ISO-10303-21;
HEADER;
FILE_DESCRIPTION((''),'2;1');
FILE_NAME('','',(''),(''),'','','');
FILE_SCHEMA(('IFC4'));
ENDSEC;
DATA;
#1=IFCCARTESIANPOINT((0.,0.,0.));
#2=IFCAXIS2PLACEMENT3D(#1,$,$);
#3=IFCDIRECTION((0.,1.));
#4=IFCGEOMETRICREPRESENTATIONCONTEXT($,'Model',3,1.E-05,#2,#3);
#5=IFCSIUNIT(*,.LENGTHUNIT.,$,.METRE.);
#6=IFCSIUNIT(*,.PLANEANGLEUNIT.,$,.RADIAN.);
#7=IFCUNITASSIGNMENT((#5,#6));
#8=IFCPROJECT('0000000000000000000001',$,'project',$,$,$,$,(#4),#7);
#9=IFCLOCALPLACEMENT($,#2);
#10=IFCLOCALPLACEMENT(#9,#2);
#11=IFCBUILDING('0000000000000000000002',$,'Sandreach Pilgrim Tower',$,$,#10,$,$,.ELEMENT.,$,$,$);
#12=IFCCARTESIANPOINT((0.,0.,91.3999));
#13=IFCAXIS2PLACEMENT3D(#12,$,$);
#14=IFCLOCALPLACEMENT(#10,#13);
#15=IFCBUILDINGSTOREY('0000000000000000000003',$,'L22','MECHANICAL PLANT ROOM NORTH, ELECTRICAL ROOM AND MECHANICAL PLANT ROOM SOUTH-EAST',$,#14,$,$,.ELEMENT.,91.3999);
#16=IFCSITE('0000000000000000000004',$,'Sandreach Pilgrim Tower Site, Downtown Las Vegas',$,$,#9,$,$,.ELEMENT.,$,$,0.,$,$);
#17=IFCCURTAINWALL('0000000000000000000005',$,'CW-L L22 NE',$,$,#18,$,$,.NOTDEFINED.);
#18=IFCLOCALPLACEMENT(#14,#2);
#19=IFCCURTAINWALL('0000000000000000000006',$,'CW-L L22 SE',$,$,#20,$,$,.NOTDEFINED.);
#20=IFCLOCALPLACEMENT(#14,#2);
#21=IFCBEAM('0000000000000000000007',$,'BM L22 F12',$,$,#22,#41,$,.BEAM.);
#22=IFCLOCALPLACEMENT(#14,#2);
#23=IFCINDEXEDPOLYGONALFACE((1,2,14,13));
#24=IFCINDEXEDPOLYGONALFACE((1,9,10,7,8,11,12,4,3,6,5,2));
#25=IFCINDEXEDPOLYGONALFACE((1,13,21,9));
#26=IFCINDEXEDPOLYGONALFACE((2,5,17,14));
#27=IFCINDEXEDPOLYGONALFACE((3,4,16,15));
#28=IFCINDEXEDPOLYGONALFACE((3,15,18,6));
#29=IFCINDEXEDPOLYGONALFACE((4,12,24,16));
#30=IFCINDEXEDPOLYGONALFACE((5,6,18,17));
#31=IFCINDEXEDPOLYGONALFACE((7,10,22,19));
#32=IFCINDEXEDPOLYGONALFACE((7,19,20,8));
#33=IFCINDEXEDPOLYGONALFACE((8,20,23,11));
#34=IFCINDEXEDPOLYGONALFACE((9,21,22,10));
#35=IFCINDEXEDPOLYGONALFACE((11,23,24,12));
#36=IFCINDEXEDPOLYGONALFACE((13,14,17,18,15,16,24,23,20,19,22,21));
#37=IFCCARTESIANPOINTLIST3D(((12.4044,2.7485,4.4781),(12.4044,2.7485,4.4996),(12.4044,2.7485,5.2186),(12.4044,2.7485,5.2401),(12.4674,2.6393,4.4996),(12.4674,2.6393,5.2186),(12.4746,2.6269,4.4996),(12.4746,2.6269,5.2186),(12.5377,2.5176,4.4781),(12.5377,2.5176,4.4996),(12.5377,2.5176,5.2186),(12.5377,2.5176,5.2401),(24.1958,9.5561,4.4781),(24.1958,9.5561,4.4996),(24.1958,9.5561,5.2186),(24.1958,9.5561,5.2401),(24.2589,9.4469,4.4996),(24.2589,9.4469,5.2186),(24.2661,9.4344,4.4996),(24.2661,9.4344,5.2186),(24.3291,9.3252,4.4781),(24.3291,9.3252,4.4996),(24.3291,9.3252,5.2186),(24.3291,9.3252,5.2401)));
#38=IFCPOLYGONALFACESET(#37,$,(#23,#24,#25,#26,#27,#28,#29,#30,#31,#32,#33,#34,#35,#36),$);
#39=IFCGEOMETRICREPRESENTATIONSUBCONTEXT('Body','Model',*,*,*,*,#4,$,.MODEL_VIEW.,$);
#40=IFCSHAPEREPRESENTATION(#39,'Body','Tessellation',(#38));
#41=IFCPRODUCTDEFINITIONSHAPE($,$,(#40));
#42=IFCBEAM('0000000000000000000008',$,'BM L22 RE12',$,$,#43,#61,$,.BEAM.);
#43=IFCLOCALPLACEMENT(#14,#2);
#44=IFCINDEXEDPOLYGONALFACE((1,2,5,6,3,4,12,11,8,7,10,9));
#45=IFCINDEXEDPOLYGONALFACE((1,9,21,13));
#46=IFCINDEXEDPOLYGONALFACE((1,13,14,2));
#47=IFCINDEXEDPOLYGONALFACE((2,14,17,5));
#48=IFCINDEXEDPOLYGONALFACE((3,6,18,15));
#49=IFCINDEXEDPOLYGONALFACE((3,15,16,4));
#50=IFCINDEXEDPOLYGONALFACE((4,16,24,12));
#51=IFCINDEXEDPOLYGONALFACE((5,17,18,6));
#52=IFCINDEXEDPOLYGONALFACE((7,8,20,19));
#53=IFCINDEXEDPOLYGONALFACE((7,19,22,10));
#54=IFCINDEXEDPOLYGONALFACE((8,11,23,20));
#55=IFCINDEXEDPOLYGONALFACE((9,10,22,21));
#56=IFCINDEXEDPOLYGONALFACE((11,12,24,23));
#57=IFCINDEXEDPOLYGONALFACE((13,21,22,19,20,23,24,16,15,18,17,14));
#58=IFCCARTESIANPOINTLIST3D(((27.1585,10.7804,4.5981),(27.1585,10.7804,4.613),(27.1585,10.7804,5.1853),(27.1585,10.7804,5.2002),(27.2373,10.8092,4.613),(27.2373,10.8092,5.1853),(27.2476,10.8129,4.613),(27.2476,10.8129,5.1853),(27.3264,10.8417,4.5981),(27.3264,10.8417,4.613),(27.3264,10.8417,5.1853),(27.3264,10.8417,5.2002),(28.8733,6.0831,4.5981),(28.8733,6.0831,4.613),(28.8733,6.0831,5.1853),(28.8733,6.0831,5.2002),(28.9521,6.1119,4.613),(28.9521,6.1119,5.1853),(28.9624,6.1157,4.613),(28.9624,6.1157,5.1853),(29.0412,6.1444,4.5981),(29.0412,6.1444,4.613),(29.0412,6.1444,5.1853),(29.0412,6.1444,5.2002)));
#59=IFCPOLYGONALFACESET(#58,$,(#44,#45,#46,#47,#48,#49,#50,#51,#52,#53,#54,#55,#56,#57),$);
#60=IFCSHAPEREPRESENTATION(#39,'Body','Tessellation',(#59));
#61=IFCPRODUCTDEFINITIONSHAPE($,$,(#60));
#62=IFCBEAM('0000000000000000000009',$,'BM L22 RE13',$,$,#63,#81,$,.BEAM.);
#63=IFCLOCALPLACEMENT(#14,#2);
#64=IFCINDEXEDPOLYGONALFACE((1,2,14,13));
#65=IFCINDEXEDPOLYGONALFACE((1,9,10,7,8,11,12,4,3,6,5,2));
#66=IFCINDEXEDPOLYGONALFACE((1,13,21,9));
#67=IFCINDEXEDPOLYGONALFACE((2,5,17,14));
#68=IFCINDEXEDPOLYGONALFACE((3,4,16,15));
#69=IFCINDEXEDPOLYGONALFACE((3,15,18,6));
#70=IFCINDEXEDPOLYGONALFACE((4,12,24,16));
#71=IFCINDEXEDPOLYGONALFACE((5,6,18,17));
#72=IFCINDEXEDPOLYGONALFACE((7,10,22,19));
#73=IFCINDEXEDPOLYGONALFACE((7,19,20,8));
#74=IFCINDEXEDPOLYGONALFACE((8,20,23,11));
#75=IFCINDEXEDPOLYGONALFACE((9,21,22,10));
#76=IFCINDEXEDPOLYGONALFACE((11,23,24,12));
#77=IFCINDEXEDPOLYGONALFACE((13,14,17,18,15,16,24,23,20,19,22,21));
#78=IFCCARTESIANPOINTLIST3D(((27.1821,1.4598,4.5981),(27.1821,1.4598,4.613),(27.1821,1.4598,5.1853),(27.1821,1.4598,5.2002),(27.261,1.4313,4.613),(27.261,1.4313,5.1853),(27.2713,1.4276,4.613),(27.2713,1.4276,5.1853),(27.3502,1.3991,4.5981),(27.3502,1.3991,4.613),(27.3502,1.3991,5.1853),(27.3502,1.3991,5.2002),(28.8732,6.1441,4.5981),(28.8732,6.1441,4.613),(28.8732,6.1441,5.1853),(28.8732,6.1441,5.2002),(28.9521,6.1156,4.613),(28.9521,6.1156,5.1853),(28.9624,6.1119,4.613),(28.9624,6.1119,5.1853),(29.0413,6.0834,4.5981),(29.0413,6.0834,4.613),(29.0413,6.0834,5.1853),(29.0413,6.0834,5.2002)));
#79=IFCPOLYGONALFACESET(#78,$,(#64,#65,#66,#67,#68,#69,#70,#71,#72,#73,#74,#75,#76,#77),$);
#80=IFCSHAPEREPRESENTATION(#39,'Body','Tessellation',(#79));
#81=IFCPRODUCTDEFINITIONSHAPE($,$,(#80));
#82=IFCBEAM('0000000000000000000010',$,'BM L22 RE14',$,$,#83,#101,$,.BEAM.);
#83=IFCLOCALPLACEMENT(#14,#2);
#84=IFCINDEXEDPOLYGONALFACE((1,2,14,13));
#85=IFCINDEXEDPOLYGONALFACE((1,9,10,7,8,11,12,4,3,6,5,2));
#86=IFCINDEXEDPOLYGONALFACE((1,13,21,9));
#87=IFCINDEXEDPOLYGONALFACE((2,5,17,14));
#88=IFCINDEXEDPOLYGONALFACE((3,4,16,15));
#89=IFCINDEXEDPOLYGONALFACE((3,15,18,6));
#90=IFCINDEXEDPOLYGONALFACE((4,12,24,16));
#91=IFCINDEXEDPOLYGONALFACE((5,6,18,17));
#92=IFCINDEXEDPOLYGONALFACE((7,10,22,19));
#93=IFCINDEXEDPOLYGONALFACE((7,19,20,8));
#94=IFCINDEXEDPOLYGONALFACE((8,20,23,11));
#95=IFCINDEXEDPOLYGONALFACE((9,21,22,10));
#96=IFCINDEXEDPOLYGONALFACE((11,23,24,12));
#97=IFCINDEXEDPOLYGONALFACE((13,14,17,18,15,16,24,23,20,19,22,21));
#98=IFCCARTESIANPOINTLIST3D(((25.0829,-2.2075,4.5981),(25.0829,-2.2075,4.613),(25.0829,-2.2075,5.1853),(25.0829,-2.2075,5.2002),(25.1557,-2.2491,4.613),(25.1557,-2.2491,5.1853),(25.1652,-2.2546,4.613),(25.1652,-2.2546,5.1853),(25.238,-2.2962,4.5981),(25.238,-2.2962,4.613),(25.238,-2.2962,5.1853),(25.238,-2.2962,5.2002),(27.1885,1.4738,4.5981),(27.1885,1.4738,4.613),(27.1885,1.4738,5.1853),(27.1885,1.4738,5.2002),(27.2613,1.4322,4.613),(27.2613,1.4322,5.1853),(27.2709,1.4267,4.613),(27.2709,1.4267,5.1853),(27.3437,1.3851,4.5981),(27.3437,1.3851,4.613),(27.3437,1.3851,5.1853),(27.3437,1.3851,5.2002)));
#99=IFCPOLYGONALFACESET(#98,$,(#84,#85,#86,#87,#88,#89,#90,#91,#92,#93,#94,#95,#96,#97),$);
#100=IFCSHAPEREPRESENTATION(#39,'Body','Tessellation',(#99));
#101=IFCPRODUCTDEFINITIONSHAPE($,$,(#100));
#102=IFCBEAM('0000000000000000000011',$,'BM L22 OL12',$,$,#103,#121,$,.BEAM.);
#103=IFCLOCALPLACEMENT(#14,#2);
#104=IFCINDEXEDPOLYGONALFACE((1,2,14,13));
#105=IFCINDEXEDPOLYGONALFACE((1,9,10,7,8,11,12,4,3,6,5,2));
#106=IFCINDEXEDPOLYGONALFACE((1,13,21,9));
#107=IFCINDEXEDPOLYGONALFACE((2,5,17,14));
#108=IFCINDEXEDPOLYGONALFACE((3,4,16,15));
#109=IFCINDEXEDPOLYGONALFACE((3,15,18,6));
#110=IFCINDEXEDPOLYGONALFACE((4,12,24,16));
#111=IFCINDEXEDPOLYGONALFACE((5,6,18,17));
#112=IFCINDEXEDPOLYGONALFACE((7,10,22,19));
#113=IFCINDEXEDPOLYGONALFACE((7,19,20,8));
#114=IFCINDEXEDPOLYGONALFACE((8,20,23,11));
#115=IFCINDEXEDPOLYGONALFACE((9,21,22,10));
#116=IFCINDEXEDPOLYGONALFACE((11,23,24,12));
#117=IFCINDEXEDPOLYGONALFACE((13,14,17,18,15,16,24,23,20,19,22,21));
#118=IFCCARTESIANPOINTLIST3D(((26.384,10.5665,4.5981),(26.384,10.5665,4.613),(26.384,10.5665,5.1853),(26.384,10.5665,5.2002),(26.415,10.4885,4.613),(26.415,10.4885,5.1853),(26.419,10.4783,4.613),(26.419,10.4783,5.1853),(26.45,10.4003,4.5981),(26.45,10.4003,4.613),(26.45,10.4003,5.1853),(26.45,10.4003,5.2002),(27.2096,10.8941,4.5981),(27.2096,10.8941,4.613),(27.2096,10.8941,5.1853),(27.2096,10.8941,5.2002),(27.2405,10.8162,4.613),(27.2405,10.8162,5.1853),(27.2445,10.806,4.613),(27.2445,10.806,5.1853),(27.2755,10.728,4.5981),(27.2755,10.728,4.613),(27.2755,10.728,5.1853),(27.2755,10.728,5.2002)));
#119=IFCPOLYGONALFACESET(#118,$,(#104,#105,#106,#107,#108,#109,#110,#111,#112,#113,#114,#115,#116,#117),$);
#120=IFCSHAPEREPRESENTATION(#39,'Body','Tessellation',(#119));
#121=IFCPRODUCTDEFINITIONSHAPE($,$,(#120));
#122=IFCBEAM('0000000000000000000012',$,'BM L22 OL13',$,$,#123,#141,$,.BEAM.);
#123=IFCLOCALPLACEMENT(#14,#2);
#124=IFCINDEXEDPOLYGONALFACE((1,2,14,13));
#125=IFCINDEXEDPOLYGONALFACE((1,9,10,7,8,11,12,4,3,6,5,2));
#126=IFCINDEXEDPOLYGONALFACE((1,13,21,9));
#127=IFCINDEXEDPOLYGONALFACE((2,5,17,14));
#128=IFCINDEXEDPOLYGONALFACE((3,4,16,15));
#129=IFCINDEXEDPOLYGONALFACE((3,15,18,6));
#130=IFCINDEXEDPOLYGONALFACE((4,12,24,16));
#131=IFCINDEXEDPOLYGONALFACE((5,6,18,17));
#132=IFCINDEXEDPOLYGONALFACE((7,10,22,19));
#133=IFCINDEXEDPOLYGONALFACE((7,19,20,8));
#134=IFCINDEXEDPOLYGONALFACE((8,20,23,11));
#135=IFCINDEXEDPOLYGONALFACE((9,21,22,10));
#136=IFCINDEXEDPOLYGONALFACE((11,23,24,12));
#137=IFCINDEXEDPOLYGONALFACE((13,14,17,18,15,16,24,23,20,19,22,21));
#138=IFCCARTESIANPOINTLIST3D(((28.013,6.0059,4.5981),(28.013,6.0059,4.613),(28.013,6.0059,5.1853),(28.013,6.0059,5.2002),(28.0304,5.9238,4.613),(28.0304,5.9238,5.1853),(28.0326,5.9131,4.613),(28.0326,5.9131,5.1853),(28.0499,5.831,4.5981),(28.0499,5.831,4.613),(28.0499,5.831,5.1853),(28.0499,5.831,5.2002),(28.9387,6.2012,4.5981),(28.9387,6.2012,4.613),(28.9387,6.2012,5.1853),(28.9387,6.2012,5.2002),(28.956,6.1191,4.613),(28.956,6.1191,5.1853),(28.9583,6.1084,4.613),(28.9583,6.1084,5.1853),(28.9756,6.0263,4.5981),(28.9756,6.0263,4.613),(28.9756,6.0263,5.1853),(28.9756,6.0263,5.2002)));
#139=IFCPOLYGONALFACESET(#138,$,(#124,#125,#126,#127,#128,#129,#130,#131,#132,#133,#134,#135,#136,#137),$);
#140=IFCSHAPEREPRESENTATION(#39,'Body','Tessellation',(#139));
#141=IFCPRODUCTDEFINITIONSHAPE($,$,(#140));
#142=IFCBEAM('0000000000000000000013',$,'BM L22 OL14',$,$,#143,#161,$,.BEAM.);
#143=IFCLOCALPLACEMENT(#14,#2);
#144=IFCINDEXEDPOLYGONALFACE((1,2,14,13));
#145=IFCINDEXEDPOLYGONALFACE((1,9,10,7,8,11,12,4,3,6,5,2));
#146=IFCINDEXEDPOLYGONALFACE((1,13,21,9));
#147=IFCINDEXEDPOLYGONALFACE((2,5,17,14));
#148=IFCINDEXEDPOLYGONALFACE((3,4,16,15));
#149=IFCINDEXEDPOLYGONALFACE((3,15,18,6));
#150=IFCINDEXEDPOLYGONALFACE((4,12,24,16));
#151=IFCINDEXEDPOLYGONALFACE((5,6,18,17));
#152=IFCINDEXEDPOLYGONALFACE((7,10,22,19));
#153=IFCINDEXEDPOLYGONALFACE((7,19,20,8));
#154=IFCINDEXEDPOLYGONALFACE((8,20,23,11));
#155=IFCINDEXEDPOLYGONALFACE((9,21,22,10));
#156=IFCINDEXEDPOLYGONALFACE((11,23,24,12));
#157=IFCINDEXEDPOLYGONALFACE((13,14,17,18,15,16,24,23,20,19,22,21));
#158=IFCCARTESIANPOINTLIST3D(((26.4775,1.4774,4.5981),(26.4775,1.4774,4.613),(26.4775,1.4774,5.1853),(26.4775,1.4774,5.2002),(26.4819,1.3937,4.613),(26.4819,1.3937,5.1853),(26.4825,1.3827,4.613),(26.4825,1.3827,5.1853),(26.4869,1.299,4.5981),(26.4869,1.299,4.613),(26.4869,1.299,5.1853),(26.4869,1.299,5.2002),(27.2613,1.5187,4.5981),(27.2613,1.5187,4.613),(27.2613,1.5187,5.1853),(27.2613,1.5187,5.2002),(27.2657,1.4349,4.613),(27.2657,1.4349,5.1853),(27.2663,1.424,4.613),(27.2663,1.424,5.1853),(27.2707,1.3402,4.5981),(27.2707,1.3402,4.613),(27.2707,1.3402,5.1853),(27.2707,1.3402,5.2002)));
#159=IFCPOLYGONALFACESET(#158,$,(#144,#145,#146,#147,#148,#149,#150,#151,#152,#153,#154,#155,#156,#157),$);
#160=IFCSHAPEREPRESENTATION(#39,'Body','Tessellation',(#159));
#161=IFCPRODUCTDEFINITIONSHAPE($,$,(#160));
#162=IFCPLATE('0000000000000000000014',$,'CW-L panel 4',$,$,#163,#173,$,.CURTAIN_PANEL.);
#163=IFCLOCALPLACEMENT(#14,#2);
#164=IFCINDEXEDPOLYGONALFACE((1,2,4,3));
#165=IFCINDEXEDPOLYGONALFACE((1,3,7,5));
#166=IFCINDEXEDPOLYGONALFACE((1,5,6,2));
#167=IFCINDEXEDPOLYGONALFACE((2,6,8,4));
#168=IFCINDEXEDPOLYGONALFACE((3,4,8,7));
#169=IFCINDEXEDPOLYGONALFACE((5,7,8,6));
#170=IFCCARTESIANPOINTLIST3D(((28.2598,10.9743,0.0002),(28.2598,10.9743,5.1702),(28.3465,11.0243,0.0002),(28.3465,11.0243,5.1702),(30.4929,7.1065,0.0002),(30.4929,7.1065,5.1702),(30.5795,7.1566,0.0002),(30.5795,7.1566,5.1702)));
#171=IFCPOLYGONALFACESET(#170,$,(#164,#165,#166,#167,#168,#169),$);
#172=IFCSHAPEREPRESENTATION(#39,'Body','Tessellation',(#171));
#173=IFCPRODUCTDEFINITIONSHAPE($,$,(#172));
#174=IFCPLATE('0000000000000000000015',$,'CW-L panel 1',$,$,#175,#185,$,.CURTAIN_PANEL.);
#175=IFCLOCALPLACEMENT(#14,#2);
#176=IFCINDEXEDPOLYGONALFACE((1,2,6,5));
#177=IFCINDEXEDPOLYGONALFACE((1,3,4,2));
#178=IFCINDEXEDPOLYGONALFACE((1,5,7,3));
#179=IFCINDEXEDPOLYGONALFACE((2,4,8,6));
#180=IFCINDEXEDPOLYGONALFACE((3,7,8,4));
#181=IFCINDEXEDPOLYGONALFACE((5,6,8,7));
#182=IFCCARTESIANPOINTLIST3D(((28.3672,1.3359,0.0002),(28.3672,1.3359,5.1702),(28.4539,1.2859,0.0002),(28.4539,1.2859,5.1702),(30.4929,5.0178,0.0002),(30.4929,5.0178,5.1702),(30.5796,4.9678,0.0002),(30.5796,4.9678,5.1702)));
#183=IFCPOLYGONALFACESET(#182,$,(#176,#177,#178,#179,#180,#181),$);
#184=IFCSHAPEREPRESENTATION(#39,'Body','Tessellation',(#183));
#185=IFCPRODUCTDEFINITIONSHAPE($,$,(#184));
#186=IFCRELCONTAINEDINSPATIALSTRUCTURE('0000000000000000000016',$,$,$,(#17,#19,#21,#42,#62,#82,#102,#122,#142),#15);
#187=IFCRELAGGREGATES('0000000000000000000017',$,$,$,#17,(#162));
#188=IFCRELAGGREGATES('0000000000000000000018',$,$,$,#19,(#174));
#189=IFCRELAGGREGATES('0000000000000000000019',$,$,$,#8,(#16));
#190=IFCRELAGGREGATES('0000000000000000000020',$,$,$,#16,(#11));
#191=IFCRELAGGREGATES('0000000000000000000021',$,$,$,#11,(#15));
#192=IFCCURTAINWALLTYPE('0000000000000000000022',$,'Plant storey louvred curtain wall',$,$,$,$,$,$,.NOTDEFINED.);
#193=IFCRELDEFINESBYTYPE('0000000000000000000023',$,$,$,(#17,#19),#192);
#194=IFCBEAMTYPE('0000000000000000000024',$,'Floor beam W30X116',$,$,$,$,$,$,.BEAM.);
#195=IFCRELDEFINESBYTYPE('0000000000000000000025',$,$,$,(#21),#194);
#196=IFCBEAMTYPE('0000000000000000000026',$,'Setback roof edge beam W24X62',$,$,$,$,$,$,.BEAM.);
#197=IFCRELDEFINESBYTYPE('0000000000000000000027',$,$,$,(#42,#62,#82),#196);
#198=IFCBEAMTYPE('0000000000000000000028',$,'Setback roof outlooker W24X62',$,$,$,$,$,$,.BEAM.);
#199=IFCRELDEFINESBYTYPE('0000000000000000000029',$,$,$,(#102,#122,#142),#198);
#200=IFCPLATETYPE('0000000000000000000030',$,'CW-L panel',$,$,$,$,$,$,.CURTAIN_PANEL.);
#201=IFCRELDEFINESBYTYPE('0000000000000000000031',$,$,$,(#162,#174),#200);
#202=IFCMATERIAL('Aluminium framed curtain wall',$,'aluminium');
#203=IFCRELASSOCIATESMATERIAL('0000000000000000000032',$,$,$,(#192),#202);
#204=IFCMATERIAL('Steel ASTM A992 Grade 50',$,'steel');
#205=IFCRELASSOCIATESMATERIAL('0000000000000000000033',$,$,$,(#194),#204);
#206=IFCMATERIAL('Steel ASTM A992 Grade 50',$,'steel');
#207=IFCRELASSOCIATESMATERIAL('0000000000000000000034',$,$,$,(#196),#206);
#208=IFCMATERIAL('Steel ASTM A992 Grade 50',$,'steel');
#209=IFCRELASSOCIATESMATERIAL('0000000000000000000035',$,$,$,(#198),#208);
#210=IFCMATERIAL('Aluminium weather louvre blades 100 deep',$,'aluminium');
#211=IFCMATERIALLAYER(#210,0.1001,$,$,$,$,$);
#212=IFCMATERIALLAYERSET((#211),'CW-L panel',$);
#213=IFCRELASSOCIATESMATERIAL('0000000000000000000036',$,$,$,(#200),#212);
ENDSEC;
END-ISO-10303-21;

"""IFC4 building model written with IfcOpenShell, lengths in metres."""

from ifc_helpers import new_model, si_unit, direction, frame, origin, origin_2d, place, context, subcontext, project, spatial, rectangle, i_section, extrude, material, layer, layer_set, material_profile, profile_set, type_object, element, aggregate, save


model = new_model("IFC4")

# Units and contexts
model_context = context("Model", 3, precision=1e-05, world=origin(), true_north=direction((0.0, 1.0)))
body_context = subcontext(model_context, "Body", "Model", "MODEL_VIEW")
ifc_project = project(units=[si_unit("LENGTHUNIT", "METRE"), si_unit("PLANEANGLEUNIT", "RADIAN")], contexts=[model_context])

# Site, building, storey
site_placement = place(None, origin())
site = spatial("IfcSite", under=ifc_project, at=site_placement, Name="Sandreach Pilgrim Tower Site, Downtown Las Vegas", CompositionType="ELEMENT", RefElevation=0.0)
building_placement = place(site_placement, origin())
building = spatial("IfcBuilding", under=site, at=building_placement, Name="Sandreach Pilgrim Tower", CompositionType="ELEMENT")
storey_placement = place(building_placement, frame((0.0, 0.0, 91.3999)))
storey = spatial("IfcBuildingStorey", under=building, at=storey_placement, Name="L22", Description="MECHANICAL PLANT ROOM NORTH, ELECTRICAL ROOM AND MECHANICAL PLANT ROOM SOUTH-EAST", CompositionType="ELEMENT", Elevation=91.3999)

# Curtain wall
ifc_material_1 = material(Name="Aluminium framed curtain wall", Category="aluminium")
curtain_wall_type = type_object("IfcCurtainWallType", Name="Plant storey louvred curtain wall", PredefinedType="NOTDEFINED", material=ifc_material_1)
curtain_wall_1_placement = place(storey_placement, origin())
curtain_wall_1 = element("IfcCurtainWall", 1, at=curtain_wall_1_placement, inside=storey, type_object=curtain_wall_type, Name="CW-L L22 NE", PredefinedType="NOTDEFINED")

# Curtain wall
curtain_wall_2_placement = place(storey_placement, origin())
curtain_wall_2 = element("IfcCurtainWall", 2, at=curtain_wall_2_placement, inside=storey, type_object=curtain_wall_type, Name="CW-L L22 SE", PredefinedType="NOTDEFINED")

# Beams
ifc_material_2 = material(Name="Steel ASTM A992 Grade 50", Category="steel")
ifc_material_profile_1 = material_profile(ifc_material_2, i_section(OverallWidth=0.2666, OverallDepth=0.762, WebThickness=0.0144, FlangeThickness=0.0215, at=origin_2d()), Name="W30X116")
ifc_profile_set_1 = profile_set([ifc_material_profile_1], Name="Steel ASTM A992 Grade 50")
beam_type_1 = type_object("IfcBeamType", Name="Floor beam W30X116", PredefinedType="BEAM", material=ifc_profile_set_1)
beam_1_placement = place(storey_placement, frame((24.2625, 9.4407, 4.8591), z_axis=(-0.866032, -0.499988, 0.0), x_axis=(0.499988, -0.866032, 0.0)))
element("IfcBeam", 3, at=beam_1_placement, inside=storey, type_object=beam_type_1, Name="BM L22 F12", PredefinedType="BEAM", context=body_context, shape_type="SweptSolid", body=[
    extrude(i_section(OverallWidth=0.2666, OverallDepth=0.762, WebThickness=0.0144, FlangeThickness=0.0215, at=origin_2d()), origin(), (0.0, 0.0, 1.0), 13.6155),
])
ifc_material_3 = material(Name="Steel ASTM A992 Grade 50", Category="steel")
ifc_material_profile_2 = material_profile(ifc_material_3, i_section(OverallWidth=0.1787, OverallDepth=0.6021, WebThickness=0.011, FlangeThickness=0.0149, at=origin_2d()), Name="W24X62")
ifc_profile_set_2 = profile_set([ifc_material_profile_2], Name="Steel ASTM A992 Grade 50")
beam_type_2 = type_object("IfcBeamType", Name="Setback roof edge beam W24X62", PredefinedType="BEAM", material=ifc_profile_set_2)
beam_2_placement = place(storey_placement, frame((27.2424, 10.811, 4.8992), z_axis=(0.342935, -0.939359, 0.0), x_axis=(0.939359, 0.342935, 0.0)))
element("IfcBeam", 4, at=beam_2_placement, inside=storey, type_object=beam_type_2, Name="BM L22 RE12", PredefinedType="BEAM", context=body_context, shape_type="SweptSolid", body=[
    extrude(i_section(OverallWidth=0.1787, OverallDepth=0.6021, WebThickness=0.011, FlangeThickness=0.0149, at=origin_2d()), origin(), (0.0, 0.0, 1.0), 5.0005),
])
beam_3_placement = place(storey_placement, frame((28.9573, 6.1138, 4.8992), z_axis=(-0.339573, -0.94058, 0.0), x_axis=(0.94058, -0.339573, 0.0)))
element("IfcBeam", 5, at=beam_3_placement, inside=storey, type_object=beam_type_2, Name="BM L22 RE13", PredefinedType="BEAM", context=body_context, shape_type="SweptSolid", body=[
    extrude(i_section(OverallWidth=0.1787, OverallDepth=0.6021, WebThickness=0.011, FlangeThickness=0.0149, at=origin_2d()), origin(), (0.0, 0.0, 1.0), 4.9802),
])
beam_4_placement = place(storey_placement, frame((27.2661, 1.4294, 4.8992), z_axis=(-0.496505, -0.868034, 0.0), x_axis=(0.868034, -0.496505, 0.0)))
element("IfcBeam", 6, at=beam_4_placement, inside=storey, type_object=beam_type_2, Name="BM L22 RE14", PredefinedType="BEAM", context=body_context, shape_type="SweptSolid", body=[
    extrude(i_section(OverallWidth=0.1787, OverallDepth=0.6021, WebThickness=0.011, FlangeThickness=0.0149, at=origin_2d()), origin(), (0.0, 0.0, 1.0), 4.241),
])
ifc_material_4 = material(Name="Steel ASTM A992 Grade 50", Category="steel")
ifc_material_profile_3 = material_profile(ifc_material_4, i_section(OverallWidth=0.1787, OverallDepth=0.6021, WebThickness=0.011, FlangeThickness=0.0149, at=origin_2d()), Name="W24X62")
ifc_profile_set_3 = profile_set([ifc_material_profile_3], Name="Steel ASTM A992 Grade 50")
beam_type_3 = type_object("IfcBeamType", Name="Setback roof outlooker W24X62", PredefinedType="BEAM", material=ifc_profile_set_3)
beam_5_placement = place(storey_placement, frame((26.417, 10.4834, 4.8992), z_axis=(0.929459, 0.368925, 0.0), x_axis=(-0.368925, 0.929459, 0.0)))
element("IfcBeam", 7, at=beam_5_placement, inside=storey, type_object=beam_type_3, Name="BM L22 OL12", PredefinedType="BEAM", context=body_context, shape_type="SweptSolid", body=[
    extrude(i_section(OverallWidth=0.1787, OverallDepth=0.6021, WebThickness=0.011, FlangeThickness=0.0149, at=origin_2d()), origin(), (0.0, 0.0, 1.0), 0.8882),
])
beam_6_placement = place(storey_placement, frame((28.0315, 5.9185, 4.8992), z_axis=(0.978462, 0.206427, 0.0), x_axis=(-0.206427, 0.978462, 0.0)))
element("IfcBeam", 8, at=beam_6_placement, inside=storey, type_object=beam_type_3, Name="BM L22 OL13", PredefinedType="BEAM", context=body_context, shape_type="SweptSolid", body=[
    extrude(i_section(OverallWidth=0.1787, OverallDepth=0.6021, WebThickness=0.011, FlangeThickness=0.0149, at=origin_2d()), origin(), (0.0, 0.0, 1.0), 0.946),
])
beam_7_placement = place(storey_placement, frame((26.4822, 1.3882, 4.8992), z_axis=(0.998618, 0.052559, 0.0), x_axis=(-0.052559, 0.998618, 0.0)))
element("IfcBeam", 9, at=beam_7_placement, inside=storey, type_object=beam_type_3, Name="BM L22 OL14", PredefinedType="BEAM", context=body_context, shape_type="SweptSolid", body=[
    extrude(i_section(OverallWidth=0.1787, OverallDepth=0.6021, WebThickness=0.011, FlangeThickness=0.0149, at=origin_2d()), origin(), (0.0, 0.0, 1.0), 0.7849),
])

# Plates
ifc_material_5 = material(Name="Aluminium weather louvre blades 100 deep", Category="aluminium")
ifc_layer_1 = layer(ifc_material_5, 0.1001)
ifc_layer_set_1 = layer_set([ifc_layer_1], Name="CW-L panel")
plate_type = type_object("IfcPlateType", Name="CW-L panel", PredefinedType="CURTAIN_PANEL", material=ifc_layer_set_1)
plate_1_placement = place(storey_placement, frame((29.4197, 9.0654, 0.0002), z_axis=(0.0, 0.0, 1.0), x_axis=(0.5, -0.866025, 0.0)))
plate_1 = element("IfcPlate", 10, at=plate_1_placement, type_object=plate_type, Name="CW-L panel 4", PredefinedType="CURTAIN_PANEL", context=body_context, shape_type="SweptSolid", body=[
    extrude(rectangle(XDim=4.4661, YDim=0.1001, at=origin_2d()), origin(), (0.0, 0.0, 1.0), 5.1699),
])
aggregate(curtain_wall_1, [plate_1])
plate_2_placement = place(storey_placement, frame((29.4734, 3.1519, 0.0002), z_axis=(0.0, 0.0, 1.0), x_axis=(-0.5, -0.866025, 0.0)))
plate_2 = element("IfcPlate", 11, at=plate_2_placement, type_object=plate_type, Name="CW-L panel 1", PredefinedType="CURTAIN_PANEL", context=body_context, shape_type="SweptSolid", body=[
    extrude(rectangle(XDim=4.2515, YDim=0.1001, at=origin_2d()), origin(), (0.0, 0.0, 1.0), 5.1699),
])
aggregate(curtain_wall_2, [plate_2])

save(model, "model.ifc")
